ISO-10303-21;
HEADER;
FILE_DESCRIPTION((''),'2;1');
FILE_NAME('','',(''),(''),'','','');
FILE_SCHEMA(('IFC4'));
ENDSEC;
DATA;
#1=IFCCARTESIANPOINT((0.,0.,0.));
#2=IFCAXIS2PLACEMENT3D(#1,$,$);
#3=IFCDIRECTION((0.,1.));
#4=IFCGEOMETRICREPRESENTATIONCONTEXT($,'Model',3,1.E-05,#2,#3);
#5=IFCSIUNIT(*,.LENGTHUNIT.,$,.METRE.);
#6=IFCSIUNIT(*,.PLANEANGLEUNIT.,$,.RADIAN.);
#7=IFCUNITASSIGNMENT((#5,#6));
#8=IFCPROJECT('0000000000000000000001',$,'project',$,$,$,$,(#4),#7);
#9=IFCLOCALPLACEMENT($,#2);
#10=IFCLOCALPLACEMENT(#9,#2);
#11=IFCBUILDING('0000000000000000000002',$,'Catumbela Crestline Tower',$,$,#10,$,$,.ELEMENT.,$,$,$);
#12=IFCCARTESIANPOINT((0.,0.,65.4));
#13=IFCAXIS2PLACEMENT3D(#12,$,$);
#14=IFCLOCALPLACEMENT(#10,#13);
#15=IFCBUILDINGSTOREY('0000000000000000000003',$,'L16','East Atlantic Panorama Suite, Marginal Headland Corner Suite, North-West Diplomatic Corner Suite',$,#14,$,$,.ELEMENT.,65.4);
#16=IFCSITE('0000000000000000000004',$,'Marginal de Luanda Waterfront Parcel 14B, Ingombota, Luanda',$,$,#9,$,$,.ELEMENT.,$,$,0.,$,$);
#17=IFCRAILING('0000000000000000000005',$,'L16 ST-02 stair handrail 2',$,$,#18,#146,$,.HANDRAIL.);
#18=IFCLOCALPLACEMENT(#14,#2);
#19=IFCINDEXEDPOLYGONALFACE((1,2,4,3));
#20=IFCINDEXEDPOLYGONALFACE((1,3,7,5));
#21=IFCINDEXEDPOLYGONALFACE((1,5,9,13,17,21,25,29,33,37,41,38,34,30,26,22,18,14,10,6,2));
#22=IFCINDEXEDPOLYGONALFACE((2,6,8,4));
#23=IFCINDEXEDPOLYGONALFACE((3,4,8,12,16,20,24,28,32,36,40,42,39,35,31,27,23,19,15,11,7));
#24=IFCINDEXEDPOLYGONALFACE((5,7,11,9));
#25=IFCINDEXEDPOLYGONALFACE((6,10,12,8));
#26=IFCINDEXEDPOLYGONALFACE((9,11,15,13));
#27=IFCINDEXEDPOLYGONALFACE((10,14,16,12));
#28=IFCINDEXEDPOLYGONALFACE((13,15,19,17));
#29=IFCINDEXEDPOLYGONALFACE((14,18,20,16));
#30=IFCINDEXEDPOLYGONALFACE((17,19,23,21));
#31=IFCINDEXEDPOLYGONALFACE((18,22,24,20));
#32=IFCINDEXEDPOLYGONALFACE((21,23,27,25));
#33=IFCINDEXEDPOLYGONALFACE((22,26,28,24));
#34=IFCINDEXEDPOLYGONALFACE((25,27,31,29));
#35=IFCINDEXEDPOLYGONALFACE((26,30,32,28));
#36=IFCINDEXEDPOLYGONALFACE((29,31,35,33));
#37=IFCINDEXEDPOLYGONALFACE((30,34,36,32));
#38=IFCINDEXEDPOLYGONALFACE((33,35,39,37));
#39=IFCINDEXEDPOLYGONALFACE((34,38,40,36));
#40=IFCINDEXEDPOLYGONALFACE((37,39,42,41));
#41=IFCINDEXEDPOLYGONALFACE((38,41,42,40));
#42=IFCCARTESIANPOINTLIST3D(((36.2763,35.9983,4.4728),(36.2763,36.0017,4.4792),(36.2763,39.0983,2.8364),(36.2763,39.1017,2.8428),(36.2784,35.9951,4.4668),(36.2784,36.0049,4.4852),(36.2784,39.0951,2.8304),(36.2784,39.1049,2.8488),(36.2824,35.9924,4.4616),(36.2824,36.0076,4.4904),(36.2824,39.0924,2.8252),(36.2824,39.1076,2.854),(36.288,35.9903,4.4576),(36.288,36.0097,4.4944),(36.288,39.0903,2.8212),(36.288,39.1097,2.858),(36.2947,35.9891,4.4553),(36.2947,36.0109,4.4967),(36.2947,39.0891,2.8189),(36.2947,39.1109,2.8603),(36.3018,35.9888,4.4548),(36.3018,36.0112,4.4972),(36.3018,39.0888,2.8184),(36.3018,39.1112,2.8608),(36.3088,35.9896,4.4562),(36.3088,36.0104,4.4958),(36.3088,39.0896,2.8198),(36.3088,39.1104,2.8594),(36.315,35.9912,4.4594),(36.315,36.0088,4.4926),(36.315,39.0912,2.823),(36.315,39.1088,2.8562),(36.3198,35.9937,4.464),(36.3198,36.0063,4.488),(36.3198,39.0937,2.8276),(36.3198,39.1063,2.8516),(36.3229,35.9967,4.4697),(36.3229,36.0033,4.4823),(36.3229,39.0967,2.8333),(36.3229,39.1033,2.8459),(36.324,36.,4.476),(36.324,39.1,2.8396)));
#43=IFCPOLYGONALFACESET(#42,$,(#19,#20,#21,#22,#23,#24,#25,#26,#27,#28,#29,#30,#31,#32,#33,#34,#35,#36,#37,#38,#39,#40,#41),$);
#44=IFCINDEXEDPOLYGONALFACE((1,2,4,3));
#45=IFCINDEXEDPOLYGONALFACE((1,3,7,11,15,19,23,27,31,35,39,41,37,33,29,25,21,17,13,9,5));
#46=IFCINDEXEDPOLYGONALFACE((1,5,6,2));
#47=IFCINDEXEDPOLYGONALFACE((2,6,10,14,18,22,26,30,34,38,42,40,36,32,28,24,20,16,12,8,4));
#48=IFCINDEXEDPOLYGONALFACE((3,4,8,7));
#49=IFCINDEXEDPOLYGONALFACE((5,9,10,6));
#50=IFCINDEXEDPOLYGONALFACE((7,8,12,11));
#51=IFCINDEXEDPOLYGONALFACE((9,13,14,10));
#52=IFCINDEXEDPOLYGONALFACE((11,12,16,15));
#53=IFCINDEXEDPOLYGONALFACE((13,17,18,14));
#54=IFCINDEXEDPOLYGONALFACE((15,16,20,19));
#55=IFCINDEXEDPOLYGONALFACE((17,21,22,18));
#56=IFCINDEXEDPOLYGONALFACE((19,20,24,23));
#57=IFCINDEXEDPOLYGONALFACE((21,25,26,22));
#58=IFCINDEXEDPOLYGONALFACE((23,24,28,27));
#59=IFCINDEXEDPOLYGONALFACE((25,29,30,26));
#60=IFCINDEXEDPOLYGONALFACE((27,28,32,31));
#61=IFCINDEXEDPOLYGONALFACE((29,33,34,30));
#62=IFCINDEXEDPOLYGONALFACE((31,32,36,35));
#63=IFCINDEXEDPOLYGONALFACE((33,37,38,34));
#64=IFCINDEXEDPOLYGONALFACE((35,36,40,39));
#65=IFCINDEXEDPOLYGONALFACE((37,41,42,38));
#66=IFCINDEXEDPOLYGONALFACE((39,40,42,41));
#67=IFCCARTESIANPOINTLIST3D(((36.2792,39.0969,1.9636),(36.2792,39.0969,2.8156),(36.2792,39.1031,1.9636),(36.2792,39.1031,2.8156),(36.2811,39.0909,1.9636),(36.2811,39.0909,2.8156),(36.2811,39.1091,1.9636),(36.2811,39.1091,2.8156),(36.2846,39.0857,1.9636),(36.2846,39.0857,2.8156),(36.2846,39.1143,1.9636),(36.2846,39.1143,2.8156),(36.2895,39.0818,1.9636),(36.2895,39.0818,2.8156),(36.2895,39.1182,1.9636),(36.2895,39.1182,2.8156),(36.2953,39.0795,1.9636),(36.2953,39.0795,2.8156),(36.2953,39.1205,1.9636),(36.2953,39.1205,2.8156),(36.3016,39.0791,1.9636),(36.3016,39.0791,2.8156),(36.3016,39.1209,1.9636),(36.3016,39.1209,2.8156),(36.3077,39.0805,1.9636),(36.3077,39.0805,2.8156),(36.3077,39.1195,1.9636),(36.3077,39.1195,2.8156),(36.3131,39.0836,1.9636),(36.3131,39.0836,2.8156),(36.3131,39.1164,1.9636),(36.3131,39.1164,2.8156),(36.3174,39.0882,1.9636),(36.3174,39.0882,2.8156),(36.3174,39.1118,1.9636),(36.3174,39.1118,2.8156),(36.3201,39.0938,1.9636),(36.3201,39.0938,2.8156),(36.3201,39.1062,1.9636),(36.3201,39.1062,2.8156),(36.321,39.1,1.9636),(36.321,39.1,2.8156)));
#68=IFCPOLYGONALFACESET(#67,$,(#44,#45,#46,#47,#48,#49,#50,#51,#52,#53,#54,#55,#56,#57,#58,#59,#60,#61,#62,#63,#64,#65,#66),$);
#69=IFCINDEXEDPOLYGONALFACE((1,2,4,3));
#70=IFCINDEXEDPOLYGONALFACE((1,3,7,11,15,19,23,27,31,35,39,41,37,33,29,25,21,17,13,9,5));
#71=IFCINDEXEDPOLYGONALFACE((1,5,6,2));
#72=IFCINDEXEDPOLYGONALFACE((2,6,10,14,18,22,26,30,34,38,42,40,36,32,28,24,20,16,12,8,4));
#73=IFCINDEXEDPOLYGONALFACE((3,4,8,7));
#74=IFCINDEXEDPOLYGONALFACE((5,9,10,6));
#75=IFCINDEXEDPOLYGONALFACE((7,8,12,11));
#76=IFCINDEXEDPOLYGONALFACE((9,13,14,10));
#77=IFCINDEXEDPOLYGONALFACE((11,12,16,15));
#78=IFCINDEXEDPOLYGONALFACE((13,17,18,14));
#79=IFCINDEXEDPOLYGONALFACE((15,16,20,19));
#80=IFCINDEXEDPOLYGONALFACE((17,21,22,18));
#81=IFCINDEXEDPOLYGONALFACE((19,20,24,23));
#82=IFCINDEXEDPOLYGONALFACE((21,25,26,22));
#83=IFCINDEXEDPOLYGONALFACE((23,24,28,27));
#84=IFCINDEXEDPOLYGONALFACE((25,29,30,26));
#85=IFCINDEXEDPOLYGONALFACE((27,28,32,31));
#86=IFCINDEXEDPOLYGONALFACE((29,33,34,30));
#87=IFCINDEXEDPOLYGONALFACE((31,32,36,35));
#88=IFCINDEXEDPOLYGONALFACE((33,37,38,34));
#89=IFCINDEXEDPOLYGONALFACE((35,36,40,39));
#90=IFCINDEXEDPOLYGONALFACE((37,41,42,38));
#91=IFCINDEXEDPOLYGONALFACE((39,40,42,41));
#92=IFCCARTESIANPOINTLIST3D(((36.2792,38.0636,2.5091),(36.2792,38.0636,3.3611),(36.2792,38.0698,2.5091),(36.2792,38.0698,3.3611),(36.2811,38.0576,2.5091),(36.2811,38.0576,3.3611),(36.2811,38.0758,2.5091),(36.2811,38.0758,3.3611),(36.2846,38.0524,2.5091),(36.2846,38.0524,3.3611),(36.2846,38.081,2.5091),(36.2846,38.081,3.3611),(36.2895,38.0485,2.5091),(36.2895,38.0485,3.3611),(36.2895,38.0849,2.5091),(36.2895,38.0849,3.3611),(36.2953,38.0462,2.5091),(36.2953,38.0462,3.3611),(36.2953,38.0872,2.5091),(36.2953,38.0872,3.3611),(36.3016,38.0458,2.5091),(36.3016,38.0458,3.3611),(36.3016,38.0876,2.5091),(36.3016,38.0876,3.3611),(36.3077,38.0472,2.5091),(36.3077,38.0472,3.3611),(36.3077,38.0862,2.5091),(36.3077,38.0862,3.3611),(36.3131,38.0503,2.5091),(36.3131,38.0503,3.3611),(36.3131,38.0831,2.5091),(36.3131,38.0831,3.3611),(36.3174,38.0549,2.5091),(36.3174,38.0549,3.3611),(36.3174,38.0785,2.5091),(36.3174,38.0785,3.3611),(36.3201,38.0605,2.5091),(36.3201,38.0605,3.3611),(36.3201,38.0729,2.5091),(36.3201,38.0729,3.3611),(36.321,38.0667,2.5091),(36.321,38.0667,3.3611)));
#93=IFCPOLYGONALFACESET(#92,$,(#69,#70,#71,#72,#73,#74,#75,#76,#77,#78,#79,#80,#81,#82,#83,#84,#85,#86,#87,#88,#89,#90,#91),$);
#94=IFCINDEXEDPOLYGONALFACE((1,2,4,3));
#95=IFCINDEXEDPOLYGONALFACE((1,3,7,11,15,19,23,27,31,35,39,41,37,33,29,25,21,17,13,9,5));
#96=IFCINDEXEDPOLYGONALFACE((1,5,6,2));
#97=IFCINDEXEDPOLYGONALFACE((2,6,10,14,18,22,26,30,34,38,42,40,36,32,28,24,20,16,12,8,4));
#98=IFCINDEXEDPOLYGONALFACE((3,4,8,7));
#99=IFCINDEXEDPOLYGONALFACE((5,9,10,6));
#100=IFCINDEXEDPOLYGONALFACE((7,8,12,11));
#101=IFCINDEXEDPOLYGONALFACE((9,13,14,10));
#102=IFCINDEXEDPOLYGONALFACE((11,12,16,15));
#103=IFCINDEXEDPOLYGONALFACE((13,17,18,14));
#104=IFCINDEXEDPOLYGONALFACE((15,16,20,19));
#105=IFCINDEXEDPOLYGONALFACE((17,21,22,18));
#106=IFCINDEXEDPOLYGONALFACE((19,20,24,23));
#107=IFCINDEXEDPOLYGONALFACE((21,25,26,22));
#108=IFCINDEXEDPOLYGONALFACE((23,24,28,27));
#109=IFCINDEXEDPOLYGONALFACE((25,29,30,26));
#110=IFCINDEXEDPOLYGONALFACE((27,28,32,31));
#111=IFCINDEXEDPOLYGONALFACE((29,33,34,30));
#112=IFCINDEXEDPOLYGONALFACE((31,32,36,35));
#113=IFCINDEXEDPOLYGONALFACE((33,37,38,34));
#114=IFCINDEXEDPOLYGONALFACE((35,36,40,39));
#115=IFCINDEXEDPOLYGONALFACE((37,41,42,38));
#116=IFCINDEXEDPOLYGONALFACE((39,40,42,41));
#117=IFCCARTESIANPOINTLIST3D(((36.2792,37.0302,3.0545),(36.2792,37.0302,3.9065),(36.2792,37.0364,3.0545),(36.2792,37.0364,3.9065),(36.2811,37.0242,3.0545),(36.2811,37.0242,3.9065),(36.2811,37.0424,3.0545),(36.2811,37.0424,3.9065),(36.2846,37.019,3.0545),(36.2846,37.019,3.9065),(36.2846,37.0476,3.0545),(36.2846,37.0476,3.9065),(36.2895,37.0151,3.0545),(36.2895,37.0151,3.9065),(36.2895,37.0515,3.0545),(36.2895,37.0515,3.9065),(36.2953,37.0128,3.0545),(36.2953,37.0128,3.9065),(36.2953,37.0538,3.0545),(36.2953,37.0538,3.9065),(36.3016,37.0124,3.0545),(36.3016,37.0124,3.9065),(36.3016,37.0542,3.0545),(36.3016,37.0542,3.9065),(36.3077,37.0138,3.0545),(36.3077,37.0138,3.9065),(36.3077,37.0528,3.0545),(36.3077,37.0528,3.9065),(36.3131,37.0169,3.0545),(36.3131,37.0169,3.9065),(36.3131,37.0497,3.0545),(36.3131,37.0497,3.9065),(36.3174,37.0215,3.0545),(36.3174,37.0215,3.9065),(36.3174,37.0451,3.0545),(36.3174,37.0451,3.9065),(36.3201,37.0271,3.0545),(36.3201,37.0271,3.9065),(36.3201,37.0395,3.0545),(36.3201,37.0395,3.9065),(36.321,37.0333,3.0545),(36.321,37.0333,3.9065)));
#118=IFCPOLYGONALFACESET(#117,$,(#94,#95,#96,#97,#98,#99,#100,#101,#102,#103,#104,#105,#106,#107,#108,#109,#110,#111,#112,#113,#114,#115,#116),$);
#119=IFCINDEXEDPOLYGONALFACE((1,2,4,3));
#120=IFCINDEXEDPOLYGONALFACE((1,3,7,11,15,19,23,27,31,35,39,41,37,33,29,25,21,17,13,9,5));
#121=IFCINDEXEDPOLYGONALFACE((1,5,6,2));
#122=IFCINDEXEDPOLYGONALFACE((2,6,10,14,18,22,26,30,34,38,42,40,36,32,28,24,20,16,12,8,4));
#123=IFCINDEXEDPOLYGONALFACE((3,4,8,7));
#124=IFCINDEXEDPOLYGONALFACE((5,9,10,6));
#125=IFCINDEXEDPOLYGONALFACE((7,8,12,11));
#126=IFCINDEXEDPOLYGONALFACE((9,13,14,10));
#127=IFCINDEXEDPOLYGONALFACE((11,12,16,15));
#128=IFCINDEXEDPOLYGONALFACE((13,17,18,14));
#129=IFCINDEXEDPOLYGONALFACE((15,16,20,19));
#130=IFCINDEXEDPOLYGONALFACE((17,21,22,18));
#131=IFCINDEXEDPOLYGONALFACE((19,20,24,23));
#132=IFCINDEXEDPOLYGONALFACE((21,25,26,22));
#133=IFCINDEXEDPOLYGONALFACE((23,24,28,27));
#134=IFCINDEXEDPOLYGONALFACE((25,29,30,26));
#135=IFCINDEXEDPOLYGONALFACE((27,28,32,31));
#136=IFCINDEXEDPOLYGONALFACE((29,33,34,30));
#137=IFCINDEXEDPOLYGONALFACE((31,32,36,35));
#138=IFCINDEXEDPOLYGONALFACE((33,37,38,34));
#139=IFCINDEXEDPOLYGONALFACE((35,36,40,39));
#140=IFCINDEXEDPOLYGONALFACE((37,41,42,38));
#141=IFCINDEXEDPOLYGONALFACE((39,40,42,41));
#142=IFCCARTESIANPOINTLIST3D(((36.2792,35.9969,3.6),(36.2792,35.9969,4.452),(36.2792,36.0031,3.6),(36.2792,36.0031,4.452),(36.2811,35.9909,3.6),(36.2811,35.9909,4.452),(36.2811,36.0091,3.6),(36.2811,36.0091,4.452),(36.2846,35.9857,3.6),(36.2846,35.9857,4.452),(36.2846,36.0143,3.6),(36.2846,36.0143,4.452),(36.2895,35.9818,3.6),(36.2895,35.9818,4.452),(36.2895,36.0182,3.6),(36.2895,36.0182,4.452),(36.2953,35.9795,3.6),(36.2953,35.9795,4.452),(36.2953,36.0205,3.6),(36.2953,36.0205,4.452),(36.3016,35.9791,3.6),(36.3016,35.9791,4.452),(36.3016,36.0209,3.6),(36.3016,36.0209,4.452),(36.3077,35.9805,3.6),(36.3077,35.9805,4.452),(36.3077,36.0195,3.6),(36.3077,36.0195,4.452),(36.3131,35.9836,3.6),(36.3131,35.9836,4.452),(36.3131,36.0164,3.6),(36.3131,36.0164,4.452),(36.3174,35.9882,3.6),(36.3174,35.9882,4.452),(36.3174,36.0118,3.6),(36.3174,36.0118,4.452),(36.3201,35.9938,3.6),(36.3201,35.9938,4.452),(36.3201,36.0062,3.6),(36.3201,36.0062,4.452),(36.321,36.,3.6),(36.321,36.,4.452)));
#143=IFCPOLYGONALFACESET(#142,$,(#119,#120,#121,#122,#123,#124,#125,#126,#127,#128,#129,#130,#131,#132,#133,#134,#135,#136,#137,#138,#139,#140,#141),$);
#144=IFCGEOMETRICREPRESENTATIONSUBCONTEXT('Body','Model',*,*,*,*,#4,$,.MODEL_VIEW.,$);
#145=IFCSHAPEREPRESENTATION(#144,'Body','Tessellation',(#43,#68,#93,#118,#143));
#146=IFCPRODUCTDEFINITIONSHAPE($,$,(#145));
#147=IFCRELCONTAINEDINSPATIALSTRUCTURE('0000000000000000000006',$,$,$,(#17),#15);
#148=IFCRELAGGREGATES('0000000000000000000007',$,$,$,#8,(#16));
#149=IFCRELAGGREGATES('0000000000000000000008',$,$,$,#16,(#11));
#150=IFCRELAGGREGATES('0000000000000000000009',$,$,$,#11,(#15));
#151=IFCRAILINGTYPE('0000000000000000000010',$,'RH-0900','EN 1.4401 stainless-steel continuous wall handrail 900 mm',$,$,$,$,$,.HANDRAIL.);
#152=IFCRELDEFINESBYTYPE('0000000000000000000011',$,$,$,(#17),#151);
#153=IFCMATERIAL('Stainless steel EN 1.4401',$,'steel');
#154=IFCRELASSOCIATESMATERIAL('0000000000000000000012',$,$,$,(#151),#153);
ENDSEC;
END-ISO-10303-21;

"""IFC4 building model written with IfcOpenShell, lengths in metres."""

from ifc_helpers import new_model, si_unit, direction, frame, origin, origin_2d, place, context, subcontext, project, spatial, circle, extrude, material, type_object, element, save


model = new_model("IFC4")

# Units and contexts
model_context = context("Model", 3, precision=1e-05, world=origin(), true_north=direction((0.0, 1.0)))
body_context = subcontext(model_context, "Body", "Model", "MODEL_VIEW")
ifc_project = project(units=[si_unit("LENGTHUNIT", "METRE"), si_unit("PLANEANGLEUNIT", "RADIAN")], contexts=[model_context])

# Site, building, storey
site_placement = place(None, origin())
site = spatial("IfcSite", under=ifc_project, at=site_placement, Name="Marginal de Luanda Waterfront Parcel 14B, Ingombota, Luanda", CompositionType="ELEMENT", RefElevation=0.0)
building_placement = place(site_placement, origin())
building = spatial("IfcBuilding", under=site, at=building_placement, Name="Catumbela Crestline Tower", CompositionType="ELEMENT")
storey_placement = place(building_placement, frame((0.0, 0.0, 65.4)))
storey = spatial("IfcBuildingStorey", under=building, at=storey_placement, Name="L16", Description="East Atlantic Panorama Suite, Marginal Headland Corner Suite, North-West Diplomatic Corner Suite", CompositionType="ELEMENT", Elevation=65.4)

# Shared definitions
ifc_material_1 = material(Name="Stainless steel EN 1.4401", Category="steel")

# Railing
railing_type_1 = type_object("IfcRailingType", Name="RH-0900", Description="EN 1.4401 stainless-steel continuous wall handrail 900 mm", PredefinedType="HANDRAIL", material=ifc_material_1)
railing_1_placement = place(storey_placement, frame((36.3, 39.1, 1.9636)))
element("IfcRailing", 1, at=railing_1_placement, inside=storey, type_object=railing_type_1, Name="L16 ST-02 stair handrail 2", PredefinedType="HANDRAIL", context=body_context, shape_type="SweptSolid", body=[
    extrude(circle(Radius=0.024, at=origin_2d()), frame((0.0, 0.0, 0.876), z_axis=(0.0, -0.884351, 0.466823), x_axis=(1.0, 0.0, 0.0)), (0.0, 0.0, 1.0), 3.5054),
    extrude(circle(Radius=0.021, at=origin_2d()), origin(), (0.0, 0.0, 1.0), 0.852),
    extrude(circle(Radius=0.021, at=origin_2d()), frame((0.0, -1.0333, 0.5455)), (0.0, 0.0, 1.0), 0.852),
    extrude(circle(Radius=0.021, at=origin_2d()), frame((0.0, -2.0667, 1.0909)), (0.0, 0.0, 1.0), 0.852),
    extrude(circle(Radius=0.021, at=origin_2d()), frame((0.0, -3.1, 1.6364)), (0.0, 0.0, 1.0), 0.852),
])

save(model, "model.ifc")
